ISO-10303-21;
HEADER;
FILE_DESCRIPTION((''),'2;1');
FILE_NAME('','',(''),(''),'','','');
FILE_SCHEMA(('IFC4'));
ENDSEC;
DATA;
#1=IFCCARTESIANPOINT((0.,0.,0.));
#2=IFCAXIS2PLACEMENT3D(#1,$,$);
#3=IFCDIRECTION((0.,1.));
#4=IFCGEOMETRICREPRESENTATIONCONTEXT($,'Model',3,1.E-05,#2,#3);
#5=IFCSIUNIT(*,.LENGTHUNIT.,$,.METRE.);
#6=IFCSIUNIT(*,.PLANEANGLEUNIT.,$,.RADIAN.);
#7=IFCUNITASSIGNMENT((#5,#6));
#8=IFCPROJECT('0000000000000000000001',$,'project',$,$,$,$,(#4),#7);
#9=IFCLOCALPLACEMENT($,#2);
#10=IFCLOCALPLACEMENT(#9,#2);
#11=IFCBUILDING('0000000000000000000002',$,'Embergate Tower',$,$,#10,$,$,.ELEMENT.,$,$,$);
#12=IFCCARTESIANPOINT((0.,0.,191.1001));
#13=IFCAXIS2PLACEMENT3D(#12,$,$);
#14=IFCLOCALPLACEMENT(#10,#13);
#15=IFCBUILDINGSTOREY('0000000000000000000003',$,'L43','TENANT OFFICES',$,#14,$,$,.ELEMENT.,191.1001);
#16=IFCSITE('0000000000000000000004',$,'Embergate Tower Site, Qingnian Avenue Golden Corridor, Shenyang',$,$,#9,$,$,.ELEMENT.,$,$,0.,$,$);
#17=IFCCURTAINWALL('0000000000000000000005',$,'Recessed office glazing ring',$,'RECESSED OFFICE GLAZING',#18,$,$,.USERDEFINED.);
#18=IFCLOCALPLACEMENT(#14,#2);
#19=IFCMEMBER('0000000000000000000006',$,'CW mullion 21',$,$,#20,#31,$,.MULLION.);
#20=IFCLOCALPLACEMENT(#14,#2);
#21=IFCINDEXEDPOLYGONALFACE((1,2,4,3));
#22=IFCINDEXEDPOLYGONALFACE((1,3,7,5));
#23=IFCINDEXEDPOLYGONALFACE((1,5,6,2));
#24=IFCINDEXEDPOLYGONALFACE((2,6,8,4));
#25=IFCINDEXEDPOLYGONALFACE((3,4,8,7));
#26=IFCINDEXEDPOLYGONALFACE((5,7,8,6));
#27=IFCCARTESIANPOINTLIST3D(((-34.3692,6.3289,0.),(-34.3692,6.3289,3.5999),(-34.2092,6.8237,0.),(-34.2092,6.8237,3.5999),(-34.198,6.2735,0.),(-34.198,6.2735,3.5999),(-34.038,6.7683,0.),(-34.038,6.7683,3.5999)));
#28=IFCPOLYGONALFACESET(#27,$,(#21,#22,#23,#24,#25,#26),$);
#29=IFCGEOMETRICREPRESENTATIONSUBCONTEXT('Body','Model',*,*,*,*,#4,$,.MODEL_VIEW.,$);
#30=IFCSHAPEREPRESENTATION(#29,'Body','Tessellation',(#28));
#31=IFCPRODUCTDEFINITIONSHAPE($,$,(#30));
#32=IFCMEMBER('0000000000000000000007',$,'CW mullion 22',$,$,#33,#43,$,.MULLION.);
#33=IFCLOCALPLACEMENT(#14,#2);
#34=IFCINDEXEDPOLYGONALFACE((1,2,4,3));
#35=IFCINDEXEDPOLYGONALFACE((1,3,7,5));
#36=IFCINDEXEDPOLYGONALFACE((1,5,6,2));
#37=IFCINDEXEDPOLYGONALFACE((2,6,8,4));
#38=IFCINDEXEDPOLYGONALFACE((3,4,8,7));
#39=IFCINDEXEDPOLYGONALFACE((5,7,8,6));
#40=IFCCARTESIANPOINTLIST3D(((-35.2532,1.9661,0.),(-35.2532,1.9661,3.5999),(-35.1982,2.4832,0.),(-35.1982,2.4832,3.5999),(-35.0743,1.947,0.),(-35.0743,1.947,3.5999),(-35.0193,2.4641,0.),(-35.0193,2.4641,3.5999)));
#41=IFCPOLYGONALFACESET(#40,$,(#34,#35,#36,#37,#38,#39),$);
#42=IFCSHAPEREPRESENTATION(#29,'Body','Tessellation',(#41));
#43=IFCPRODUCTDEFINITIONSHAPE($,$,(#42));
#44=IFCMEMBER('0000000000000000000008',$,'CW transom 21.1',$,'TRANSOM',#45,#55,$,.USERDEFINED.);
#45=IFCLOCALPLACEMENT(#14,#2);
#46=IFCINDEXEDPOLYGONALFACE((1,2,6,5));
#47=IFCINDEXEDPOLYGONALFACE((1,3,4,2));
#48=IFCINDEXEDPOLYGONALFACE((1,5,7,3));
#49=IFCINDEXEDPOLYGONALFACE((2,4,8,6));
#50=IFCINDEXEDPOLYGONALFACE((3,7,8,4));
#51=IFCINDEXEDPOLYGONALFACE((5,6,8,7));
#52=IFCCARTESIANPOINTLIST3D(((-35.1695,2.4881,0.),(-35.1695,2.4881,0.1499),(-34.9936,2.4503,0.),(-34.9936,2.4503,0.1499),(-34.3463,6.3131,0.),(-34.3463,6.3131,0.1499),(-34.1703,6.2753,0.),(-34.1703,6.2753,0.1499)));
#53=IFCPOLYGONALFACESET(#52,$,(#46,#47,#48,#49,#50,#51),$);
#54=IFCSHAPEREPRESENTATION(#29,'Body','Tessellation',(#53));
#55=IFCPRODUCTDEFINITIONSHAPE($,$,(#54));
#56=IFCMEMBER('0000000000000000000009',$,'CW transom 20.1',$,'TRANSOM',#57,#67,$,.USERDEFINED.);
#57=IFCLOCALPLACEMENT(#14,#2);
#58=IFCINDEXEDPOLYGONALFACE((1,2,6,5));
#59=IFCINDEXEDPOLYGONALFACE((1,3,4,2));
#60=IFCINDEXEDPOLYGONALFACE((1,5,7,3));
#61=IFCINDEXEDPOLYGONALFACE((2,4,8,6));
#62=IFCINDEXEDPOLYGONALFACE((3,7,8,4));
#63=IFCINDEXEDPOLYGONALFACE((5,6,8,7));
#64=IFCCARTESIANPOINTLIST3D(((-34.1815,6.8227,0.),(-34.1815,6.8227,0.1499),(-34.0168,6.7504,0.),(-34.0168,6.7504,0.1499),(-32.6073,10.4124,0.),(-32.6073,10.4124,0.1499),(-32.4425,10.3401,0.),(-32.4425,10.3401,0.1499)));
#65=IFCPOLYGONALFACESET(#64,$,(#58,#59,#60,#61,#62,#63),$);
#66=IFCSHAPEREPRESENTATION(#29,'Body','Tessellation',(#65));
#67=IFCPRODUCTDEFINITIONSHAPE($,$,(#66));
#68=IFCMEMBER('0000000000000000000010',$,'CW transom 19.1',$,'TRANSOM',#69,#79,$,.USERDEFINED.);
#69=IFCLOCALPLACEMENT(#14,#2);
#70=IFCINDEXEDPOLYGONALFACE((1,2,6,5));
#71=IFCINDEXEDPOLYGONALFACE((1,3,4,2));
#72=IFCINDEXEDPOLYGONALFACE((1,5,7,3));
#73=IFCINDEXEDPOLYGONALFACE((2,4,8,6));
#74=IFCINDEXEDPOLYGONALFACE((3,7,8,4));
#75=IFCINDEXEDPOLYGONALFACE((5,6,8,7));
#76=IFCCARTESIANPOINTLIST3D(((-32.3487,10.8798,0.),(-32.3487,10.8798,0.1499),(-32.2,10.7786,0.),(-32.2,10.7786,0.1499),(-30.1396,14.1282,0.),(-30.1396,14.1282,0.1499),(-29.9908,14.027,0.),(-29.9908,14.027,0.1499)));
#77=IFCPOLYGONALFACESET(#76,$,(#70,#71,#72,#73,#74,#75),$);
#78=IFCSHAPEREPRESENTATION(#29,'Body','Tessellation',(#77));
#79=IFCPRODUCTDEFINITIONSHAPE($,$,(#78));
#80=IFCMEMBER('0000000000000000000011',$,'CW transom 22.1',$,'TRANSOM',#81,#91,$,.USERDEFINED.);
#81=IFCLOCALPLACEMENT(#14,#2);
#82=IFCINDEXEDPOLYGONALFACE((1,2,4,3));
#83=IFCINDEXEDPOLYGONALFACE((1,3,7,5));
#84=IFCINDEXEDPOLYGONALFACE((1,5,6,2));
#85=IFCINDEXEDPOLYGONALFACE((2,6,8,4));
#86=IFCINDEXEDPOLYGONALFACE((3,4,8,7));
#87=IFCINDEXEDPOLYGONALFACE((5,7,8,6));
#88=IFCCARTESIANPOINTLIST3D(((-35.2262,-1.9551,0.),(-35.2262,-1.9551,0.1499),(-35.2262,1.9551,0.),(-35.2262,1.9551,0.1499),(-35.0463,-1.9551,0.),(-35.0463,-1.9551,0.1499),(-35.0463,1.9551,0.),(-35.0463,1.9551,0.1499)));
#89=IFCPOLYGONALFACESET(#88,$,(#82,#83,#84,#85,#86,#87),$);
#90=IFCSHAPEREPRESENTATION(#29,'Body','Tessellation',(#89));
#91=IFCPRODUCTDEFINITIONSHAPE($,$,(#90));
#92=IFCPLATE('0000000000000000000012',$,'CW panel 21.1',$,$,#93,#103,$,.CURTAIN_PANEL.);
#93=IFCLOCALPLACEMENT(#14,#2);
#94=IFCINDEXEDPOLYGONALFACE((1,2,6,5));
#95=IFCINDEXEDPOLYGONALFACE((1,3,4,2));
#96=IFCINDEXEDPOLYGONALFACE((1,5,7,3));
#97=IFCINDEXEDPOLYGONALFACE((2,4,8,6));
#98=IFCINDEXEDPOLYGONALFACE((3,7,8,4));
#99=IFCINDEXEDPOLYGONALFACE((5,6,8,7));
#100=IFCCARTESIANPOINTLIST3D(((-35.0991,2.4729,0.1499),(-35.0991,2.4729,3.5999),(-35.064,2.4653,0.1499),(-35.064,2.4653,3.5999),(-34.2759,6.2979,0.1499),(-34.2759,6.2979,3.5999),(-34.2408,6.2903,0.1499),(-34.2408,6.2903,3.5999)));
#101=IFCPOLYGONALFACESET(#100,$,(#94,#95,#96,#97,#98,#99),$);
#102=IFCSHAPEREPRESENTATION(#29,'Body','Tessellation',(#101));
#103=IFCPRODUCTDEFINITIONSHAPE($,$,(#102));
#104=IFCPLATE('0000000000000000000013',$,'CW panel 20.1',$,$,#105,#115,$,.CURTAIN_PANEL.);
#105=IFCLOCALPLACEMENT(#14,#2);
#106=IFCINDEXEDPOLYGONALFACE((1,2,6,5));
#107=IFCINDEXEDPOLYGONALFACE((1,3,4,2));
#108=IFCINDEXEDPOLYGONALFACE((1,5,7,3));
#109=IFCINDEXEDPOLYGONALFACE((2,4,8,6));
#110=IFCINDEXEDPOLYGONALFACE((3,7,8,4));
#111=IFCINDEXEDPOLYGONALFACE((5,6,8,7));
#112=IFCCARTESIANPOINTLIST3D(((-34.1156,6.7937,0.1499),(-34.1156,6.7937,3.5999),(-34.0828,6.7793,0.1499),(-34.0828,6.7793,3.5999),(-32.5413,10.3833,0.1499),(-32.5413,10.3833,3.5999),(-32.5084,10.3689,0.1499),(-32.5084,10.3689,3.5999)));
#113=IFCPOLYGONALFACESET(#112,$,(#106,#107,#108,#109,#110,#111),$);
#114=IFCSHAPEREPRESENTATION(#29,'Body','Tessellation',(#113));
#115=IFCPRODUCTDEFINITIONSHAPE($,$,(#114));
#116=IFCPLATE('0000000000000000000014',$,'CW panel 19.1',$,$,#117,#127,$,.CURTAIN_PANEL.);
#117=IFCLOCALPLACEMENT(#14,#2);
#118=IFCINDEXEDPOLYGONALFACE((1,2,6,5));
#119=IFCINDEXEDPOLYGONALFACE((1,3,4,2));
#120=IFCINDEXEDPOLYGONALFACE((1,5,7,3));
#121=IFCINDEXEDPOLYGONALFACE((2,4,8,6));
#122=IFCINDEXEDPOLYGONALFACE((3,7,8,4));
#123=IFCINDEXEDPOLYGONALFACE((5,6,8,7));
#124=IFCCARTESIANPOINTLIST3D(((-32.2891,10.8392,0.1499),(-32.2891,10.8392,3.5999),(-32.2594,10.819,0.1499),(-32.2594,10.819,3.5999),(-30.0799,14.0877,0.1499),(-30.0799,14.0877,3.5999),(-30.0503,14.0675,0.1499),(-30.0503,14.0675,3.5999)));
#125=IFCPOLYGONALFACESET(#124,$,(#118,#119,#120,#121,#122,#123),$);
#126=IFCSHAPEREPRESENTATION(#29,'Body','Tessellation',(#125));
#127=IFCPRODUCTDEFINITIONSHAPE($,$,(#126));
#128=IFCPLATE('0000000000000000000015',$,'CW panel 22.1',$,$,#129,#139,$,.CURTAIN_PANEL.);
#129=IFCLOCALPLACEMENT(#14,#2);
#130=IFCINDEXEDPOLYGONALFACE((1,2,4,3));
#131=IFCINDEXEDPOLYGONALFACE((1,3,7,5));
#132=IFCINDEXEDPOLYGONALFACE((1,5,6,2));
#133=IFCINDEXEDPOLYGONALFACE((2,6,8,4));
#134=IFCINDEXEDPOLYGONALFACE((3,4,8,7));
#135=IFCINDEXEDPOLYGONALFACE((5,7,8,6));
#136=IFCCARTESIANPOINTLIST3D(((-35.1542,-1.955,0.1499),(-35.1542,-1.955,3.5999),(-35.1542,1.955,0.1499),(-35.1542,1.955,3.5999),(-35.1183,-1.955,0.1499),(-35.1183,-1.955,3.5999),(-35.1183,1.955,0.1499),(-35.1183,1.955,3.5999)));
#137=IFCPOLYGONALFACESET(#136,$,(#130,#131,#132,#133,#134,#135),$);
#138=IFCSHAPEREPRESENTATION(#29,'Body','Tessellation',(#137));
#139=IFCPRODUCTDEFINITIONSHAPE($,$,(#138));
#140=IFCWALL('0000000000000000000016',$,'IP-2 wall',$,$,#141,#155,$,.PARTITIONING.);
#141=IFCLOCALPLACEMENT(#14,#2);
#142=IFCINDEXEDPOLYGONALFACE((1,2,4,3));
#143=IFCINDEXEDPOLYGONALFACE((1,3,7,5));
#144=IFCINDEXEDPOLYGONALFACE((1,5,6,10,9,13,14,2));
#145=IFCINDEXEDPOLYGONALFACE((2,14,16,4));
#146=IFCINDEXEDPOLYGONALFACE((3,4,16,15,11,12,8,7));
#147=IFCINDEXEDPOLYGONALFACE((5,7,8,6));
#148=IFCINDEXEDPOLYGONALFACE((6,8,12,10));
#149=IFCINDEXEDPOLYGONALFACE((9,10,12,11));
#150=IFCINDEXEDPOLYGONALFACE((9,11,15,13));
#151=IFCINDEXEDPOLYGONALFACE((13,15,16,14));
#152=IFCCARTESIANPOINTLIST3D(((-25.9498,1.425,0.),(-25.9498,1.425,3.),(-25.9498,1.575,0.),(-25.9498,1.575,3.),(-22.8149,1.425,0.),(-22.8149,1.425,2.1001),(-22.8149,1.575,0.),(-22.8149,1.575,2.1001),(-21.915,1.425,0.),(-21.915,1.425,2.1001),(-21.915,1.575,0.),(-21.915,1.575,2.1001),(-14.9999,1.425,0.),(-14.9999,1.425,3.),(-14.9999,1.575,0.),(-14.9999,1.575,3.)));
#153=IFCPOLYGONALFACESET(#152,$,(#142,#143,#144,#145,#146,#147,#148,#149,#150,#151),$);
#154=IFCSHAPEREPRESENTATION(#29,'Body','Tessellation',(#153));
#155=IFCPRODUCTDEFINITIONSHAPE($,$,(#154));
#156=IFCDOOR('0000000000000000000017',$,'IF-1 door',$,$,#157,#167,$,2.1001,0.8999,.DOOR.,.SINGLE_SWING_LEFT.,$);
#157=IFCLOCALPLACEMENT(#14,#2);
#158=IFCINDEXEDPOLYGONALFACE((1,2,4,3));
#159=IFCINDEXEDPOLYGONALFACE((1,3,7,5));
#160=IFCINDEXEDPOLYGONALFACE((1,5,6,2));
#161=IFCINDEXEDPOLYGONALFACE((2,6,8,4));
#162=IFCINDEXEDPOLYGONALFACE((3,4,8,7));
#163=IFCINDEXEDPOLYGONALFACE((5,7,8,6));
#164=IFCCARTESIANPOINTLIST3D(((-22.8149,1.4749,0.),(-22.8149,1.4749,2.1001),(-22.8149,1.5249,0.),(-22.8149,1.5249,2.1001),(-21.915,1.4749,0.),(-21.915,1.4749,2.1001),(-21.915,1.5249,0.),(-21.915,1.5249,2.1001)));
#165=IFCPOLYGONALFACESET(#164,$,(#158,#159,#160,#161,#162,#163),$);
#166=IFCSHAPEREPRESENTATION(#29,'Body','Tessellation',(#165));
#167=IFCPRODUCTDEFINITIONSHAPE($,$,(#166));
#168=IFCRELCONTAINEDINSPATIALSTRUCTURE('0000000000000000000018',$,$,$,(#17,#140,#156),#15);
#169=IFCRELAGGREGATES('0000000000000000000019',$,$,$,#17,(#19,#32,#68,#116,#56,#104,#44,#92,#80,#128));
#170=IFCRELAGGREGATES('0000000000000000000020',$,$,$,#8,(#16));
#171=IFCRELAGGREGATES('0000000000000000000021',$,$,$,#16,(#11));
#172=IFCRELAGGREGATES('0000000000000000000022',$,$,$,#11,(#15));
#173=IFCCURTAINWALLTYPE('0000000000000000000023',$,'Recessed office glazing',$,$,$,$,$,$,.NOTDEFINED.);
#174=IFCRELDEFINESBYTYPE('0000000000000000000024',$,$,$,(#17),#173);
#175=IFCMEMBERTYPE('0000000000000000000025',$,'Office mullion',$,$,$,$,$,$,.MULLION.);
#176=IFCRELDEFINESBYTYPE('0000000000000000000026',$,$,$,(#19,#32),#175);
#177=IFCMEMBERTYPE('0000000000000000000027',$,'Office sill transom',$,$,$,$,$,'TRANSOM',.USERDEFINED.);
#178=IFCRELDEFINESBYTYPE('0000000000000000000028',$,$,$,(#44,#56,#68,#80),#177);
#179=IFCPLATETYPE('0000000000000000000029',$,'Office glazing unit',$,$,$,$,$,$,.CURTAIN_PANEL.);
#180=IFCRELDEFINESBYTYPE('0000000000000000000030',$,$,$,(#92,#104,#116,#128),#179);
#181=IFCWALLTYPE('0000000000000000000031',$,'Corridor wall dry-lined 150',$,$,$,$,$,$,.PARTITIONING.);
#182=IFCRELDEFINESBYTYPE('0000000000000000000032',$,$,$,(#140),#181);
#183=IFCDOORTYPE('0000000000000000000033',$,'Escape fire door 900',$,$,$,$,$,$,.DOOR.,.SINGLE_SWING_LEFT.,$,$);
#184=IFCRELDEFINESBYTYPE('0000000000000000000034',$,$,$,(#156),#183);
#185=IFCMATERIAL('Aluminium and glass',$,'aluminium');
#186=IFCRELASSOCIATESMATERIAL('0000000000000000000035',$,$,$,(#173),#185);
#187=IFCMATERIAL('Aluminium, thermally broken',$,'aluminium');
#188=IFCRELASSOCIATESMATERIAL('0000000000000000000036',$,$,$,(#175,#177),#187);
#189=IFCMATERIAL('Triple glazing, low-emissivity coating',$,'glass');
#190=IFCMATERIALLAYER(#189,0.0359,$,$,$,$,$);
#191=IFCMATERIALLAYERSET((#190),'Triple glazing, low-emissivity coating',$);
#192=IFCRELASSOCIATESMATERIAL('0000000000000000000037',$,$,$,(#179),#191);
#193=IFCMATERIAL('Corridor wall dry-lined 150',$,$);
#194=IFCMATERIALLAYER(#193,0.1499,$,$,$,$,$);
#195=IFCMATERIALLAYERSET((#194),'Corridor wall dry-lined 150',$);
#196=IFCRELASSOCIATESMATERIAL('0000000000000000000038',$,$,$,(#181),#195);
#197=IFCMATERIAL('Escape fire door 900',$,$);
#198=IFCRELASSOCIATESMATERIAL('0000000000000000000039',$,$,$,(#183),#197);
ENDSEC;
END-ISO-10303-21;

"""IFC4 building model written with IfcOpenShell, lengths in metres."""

from ifc_helpers import new_model, si_unit, direction, frame, frame_2d, origin, origin_2d, place, context, subcontext, project, spatial, rectangle, extrude, source, transform, mapped, material, layer, layer_set, material_profile, profile_set, type_object, element, fill, aggregate, save


model = new_model("IFC4")

# Units and contexts
model_context = context("Model", 3, precision=1e-05, world=origin(), true_north=direction((0.0, 1.0)))
body_context = subcontext(model_context, "Body", "Model", "MODEL_VIEW")
ifc_project = project(units=[si_unit("LENGTHUNIT", "METRE"), si_unit("PLANEANGLEUNIT", "RADIAN")], contexts=[model_context])

# Site, building, storey
site_placement = place(None, origin())
site = spatial("IfcSite", under=ifc_project, at=site_placement, Name="Embergate Tower Site, Qingnian Avenue Golden Corridor, Shenyang", CompositionType="ELEMENT", RefElevation=0.0)
building_placement = place(site_placement, origin())
building = spatial("IfcBuilding", under=site, at=building_placement, Name="Embergate Tower", CompositionType="ELEMENT")
storey_placement = place(building_placement, frame((0.0, 0.0, 191.1001)))
storey = spatial("IfcBuildingStorey", under=building, at=storey_placement, Name="L43", Description="TENANT OFFICES", CompositionType="ELEMENT", Elevation=191.1001)

# Curtain wall, members, plates
ifc_material_1 = material(Name="Aluminium and glass", Category="aluminium")
curtain_wall_type = type_object("IfcCurtainWallType", Name="Recessed office glazing", PredefinedType="NOTDEFINED", material=ifc_material_1)
curtain_wall_placement = place(storey_placement, origin())
curtain_wall = element("IfcCurtainWall", 1, at=curtain_wall_placement, inside=storey, type_object=curtain_wall_type, Name="Recessed office glazing ring", ObjectType="RECESSED OFFICE GLAZING", PredefinedType="USERDEFINED")
ifc_material_2 = material(Name="Aluminium, thermally broken", Category="aluminium")
ifc_material_profile_1 = material_profile(ifc_material_2, rectangle(XDim=0.1799, YDim=0.52, at=origin_2d()), Name="AL 520x180")
ifc_profile_set_1 = profile_set([ifc_material_profile_1], Name="Aluminium, thermally broken")
member_type_1 = type_object("IfcMemberType", Name="Office mullion", PredefinedType="MULLION", material=ifc_profile_set_1)
shared_shape_1 = source(origin(), body_context, "Body", "SweptSolid", [
    extrude(rectangle(XDim=0.1799, YDim=0.52, at=origin_2d()), origin(), (0.0, 0.0, 1.0), 3.5999),
])
member_1_placement = place(storey_placement, frame((-34.2036, 6.5486, 0.0), z_axis=(0.0, 0.0, 1.0), x_axis=(0.951496, -0.307661, 0.0)))
member_1 = element("IfcMember", 2, at=member_1_placement, type_object=member_type_1, Name="CW mullion 21", PredefinedType="MULLION", context=body_context, shape_type="MappedRepresentation", body=[
    mapped(shared_shape_1, transform((0.0, 0.0, 0.0))),
])
member_2_placement = place(storey_placement, frame((-35.1362, 2.2151, 0.0), z_axis=(0.0, 0.0, 1.0), x_axis=(0.994385, -0.105825, 0.0)))
member_2 = element("IfcMember", 3, at=member_2_placement, type_object=member_type_1, Name="CW mullion 22", PredefinedType="MULLION", context=body_context, shape_type="MappedRepresentation", body=[
    mapped(shared_shape_1, transform((0.0, 0.0, 0.0))),
])
ifc_material_profile_2 = material_profile(ifc_material_2, rectangle(XDim=0.1799, YDim=0.1499, at=origin_2d()), Name="AL 150x180")
ifc_profile_set_2 = profile_set([ifc_material_profile_2], Name="Aluminium, thermally broken")
member_type_2 = type_object("IfcMemberType", Name="Office sill transom", ElementType="TRANSOM", PredefinedType="USERDEFINED", material=ifc_profile_set_2)
shared_shape_2 = source(origin(), body_context, "Body", "SweptSolid", [
    extrude(rectangle(XDim=0.1799, YDim=0.1499, at=origin_2d()), origin(), (0.0, 0.0, 1.0), 3.9126),
])
member_3_placement = place(storey_placement, frame((-34.2583, 6.2942, 0.075), z_axis=(-0.210411, -0.977613, 0.0), x_axis=(0.977613, -0.210411, 0.0)))
member_3 = element("IfcMember", 4, at=member_3_placement, type_object=member_type_2, Name="CW transom 21.1", ObjectType="TRANSOM", PredefinedType="USERDEFINED", context=body_context, shape_type="MappedRepresentation", body=[
    mapped(shared_shape_2, transform((0.0, 0.0, 0.0))),
])
shared_shape_3 = source(origin(), body_context, "Body", "SweptSolid", [
    extrude(rectangle(XDim=0.1799, YDim=0.1499, at=origin_2d()), origin(), (0.0, 0.0, 1.0), 3.9197),
])
member_4_placement = place(storey_placement, frame((-32.5249, 10.3762, 0.075), z_axis=(-0.401626, -0.915804, 0.0), x_axis=(0.915804, -0.401626, 0.0)))
member_4 = element("IfcMember", 5, at=member_4_placement, type_object=member_type_2, Name="CW transom 20.1", ObjectType="TRANSOM", PredefinedType="USERDEFINED", context=body_context, shape_type="MappedRepresentation", body=[
    mapped(shared_shape_3, transform((0.0, 0.0, 0.0))),
])
shared_shape_4 = source(origin(), body_context, "Body", "SweptSolid", [
    extrude(rectangle(XDim=0.1799, YDim=0.1499, at=origin_2d()), origin(), (0.0, 0.0, 1.0), 3.9285),
])
member_5_placement = place(storey_placement, frame((-30.0652, 14.0776, 0.075), z_axis=(-0.562349, -0.8269, 0.0), x_axis=(0.8269, -0.562349, 0.0)))
member_5 = element("IfcMember", 6, at=member_5_placement, type_object=member_type_2, Name="CW transom 19.1", ObjectType="TRANSOM", PredefinedType="USERDEFINED", context=body_context, shape_type="MappedRepresentation", body=[
    mapped(shared_shape_4, transform((0.0, 0.0, 0.0))),
])
shared_shape_5 = source(origin(), body_context, "Body", "SweptSolid", [
    extrude(rectangle(XDim=0.1799, YDim=0.1499, at=origin_2d()), origin(), (0.0, 0.0, 1.0), 3.9102),
])
member_6_placement = place(storey_placement, frame((-35.1362, 1.9551, 0.075), z_axis=(0.0, -1.0, 0.0), x_axis=(1.0, 0.0, 0.0)))
member_6 = element("IfcMember", 7, at=member_6_placement, type_object=member_type_2, Name="CW transom 22.1", ObjectType="TRANSOM", PredefinedType="USERDEFINED", context=body_context, shape_type="MappedRepresentation", body=[
    mapped(shared_shape_5, transform((0.0, 0.0, 0.0))),
])
ifc_material_3 = material(Name="Triple glazing, low-emissivity coating", Category="glass")
ifc_layer_1 = layer(ifc_material_3, 0.0359)
ifc_layer_set_1 = layer_set([ifc_layer_1], Name="Triple glazing, low-emissivity coating")
plate_type = type_object("IfcPlateType", Name="Office glazing unit", PredefinedType="CURTAIN_PANEL", material=ifc_layer_set_1)
shared_shape_6 = source(origin(), body_context, "Body", "SweptSolid", [
    extrude(rectangle(XDim=3.9126, YDim=0.0359, at=origin_2d()), origin(), (0.0, 0.0, 1.0), 3.45),
])
plate_1_placement = place(storey_placement, frame((-34.6699, 4.3816, 0.1499), z_axis=(0.0, 0.0, 1.0), x_axis=(-0.2104, -0.977615, 0.0)))
plate_1 = element("IfcPlate", 8, at=plate_1_placement, type_object=plate_type, Name="CW panel 21.1", PredefinedType="CURTAIN_PANEL", context=body_context, shape_type="MappedRepresentation", body=[
    mapped(shared_shape_6, transform((0.0, 0.0, 0.0))),
])
shared_shape_7 = source(origin(), body_context, "Body", "SweptSolid", [
    extrude(rectangle(XDim=3.9197, YDim=0.0359, at=origin_2d()), origin(), (0.0, 0.0, 1.0), 3.45),
])
plate_2_placement = place(storey_placement, frame((-33.312, 8.5813, 0.1499), z_axis=(0.0, 0.0, 1.0), x_axis=(-0.401655, -0.915791, 0.0)))
plate_2 = element("IfcPlate", 9, at=plate_2_placement, type_object=plate_type, Name="CW panel 20.1", PredefinedType="CURTAIN_PANEL", context=body_context, shape_type="MappedRepresentation", body=[
    mapped(shared_shape_7, transform((0.0, 0.0, 0.0))),
])
shared_shape_8 = source(origin(), body_context, "Body", "SweptSolid", [
    extrude(rectangle(XDim=3.9285, YDim=0.0359, at=origin_2d()), origin(), (0.0, 0.0, 1.0), 3.45),
])
plate_3_placement = place(storey_placement, frame((-31.1697, 12.4534, 0.1499), z_axis=(0.0, 0.0, 1.0), x_axis=(-0.562345, -0.826903, 0.0)))
plate_3 = element("IfcPlate", 10, at=plate_3_placement, type_object=plate_type, Name="CW panel 19.1", PredefinedType="CURTAIN_PANEL", context=body_context, shape_type="MappedRepresentation", body=[
    mapped(shared_shape_8, transform((0.0, 0.0, 0.0))),
])
shared_shape_9 = source(origin(), body_context, "Body", "SweptSolid", [
    extrude(rectangle(XDim=3.9099, YDim=0.0359, at=origin_2d()), origin(), (0.0, 0.0, 1.0), 3.45),
])
plate_4_placement = place(storey_placement, frame((-35.1362, 0.0, 0.1499), z_axis=(0.0, 0.0, 1.0), x_axis=(0.0, -1.0, 0.0)))
plate_4 = element("IfcPlate", 11, at=plate_4_placement, type_object=plate_type, Name="CW panel 22.1", PredefinedType="CURTAIN_PANEL", context=body_context, shape_type="MappedRepresentation", body=[
    mapped(shared_shape_9, transform((0.0, 0.0, 0.0))),
])
aggregate(curtain_wall, [member_1, member_2, member_5, plate_3, member_4, plate_2, member_3, plate_1, member_6, plate_4])

# Wall, opening, door
ifc_material_4 = material(Name="Corridor wall dry-lined 150")
ifc_layer_2 = layer(ifc_material_4, 0.1499)
ifc_layer_set_2 = layer_set([ifc_layer_2], Name="Corridor wall dry-lined 150")
wall_type_1 = type_object("IfcWallType", Name="Corridor wall dry-lined 150", PredefinedType="PARTITIONING", material=ifc_layer_set_2)
shared_shape_10 = source(origin(), body_context, "Body", "SweptSolid", [
    extrude(rectangle(XDim=10.95, YDim=0.1499, at=frame_2d((5.4751, 0.0))), origin(), (0.0, 0.0, 1.0), 3.0),
])
wall_1_placement = place(storey_placement, frame((-25.95, 1.5, 0.0), z_axis=(0.0, 0.0, 1.0), x_axis=(1.0, 0.0, 0.0)))
wall_1 = element("IfcWall", 12, at=wall_1_placement, inside=storey, type_object=wall_type_1, Name="IP-2 wall", PredefinedType="PARTITIONING", context=body_context, shape_type="MappedRepresentation", body=[
    mapped(shared_shape_10, transform((0.0, 0.0, 0.0))),
])
shared_shape_11 = source(origin(), body_context, "Body", "SweptSolid", [
    extrude(rectangle(XDim=0.8999, YDim=2.1001, at=frame_2d((0.45, 1.05))), frame((0.0, 0.085, 0.0), z_axis=(0.0, -1.0, 0.0), x_axis=(1.0, 0.0, 0.0)), (0.0, 0.0, 1.0), 0.1699),
])
opening_placement = place(wall_1_placement, frame((3.135, 0.0, 0.0)))
opening = element("IfcOpeningElement", 13, at=opening_placement, cuts=wall_1, PredefinedType="OPENING", context=body_context, shape_type="MappedRepresentation", body=[
    mapped(shared_shape_11, transform((0.0, 0.0, 0.0))),
])
ifc_material_5 = material(Name="Escape fire door 900")
door_type = type_object("IfcDoorType", Name="Escape fire door 900", OperationType="SINGLE_SWING_LEFT", PredefinedType="DOOR", material=ifc_material_5)
shared_shape_12 = source(origin(), body_context, "Body", "SweptSolid", [
    extrude(rectangle(XDim=0.8999, YDim=2.1001, at=frame_2d((0.45, 1.05))), frame((0.0, 0.0249, 0.0), z_axis=(0.0, -1.0, 0.0), x_axis=(1.0, 0.0, 0.0)), (0.0, 0.0, 1.0), 0.05),
])
door_placement = place(opening_placement, origin())
door = element("IfcDoor", 14, at=door_placement, inside=storey, type_object=door_type, Name="IF-1 door", OperationType="SINGLE_SWING_LEFT", OverallHeight=2.1001, OverallWidth=0.8999, PredefinedType="DOOR", context=body_context, shape_type="MappedRepresentation", body=[
    mapped(shared_shape_12, transform((0.0, 0.0, 0.0))),
])
fill(opening, door)

save(model, "model.ifc")
